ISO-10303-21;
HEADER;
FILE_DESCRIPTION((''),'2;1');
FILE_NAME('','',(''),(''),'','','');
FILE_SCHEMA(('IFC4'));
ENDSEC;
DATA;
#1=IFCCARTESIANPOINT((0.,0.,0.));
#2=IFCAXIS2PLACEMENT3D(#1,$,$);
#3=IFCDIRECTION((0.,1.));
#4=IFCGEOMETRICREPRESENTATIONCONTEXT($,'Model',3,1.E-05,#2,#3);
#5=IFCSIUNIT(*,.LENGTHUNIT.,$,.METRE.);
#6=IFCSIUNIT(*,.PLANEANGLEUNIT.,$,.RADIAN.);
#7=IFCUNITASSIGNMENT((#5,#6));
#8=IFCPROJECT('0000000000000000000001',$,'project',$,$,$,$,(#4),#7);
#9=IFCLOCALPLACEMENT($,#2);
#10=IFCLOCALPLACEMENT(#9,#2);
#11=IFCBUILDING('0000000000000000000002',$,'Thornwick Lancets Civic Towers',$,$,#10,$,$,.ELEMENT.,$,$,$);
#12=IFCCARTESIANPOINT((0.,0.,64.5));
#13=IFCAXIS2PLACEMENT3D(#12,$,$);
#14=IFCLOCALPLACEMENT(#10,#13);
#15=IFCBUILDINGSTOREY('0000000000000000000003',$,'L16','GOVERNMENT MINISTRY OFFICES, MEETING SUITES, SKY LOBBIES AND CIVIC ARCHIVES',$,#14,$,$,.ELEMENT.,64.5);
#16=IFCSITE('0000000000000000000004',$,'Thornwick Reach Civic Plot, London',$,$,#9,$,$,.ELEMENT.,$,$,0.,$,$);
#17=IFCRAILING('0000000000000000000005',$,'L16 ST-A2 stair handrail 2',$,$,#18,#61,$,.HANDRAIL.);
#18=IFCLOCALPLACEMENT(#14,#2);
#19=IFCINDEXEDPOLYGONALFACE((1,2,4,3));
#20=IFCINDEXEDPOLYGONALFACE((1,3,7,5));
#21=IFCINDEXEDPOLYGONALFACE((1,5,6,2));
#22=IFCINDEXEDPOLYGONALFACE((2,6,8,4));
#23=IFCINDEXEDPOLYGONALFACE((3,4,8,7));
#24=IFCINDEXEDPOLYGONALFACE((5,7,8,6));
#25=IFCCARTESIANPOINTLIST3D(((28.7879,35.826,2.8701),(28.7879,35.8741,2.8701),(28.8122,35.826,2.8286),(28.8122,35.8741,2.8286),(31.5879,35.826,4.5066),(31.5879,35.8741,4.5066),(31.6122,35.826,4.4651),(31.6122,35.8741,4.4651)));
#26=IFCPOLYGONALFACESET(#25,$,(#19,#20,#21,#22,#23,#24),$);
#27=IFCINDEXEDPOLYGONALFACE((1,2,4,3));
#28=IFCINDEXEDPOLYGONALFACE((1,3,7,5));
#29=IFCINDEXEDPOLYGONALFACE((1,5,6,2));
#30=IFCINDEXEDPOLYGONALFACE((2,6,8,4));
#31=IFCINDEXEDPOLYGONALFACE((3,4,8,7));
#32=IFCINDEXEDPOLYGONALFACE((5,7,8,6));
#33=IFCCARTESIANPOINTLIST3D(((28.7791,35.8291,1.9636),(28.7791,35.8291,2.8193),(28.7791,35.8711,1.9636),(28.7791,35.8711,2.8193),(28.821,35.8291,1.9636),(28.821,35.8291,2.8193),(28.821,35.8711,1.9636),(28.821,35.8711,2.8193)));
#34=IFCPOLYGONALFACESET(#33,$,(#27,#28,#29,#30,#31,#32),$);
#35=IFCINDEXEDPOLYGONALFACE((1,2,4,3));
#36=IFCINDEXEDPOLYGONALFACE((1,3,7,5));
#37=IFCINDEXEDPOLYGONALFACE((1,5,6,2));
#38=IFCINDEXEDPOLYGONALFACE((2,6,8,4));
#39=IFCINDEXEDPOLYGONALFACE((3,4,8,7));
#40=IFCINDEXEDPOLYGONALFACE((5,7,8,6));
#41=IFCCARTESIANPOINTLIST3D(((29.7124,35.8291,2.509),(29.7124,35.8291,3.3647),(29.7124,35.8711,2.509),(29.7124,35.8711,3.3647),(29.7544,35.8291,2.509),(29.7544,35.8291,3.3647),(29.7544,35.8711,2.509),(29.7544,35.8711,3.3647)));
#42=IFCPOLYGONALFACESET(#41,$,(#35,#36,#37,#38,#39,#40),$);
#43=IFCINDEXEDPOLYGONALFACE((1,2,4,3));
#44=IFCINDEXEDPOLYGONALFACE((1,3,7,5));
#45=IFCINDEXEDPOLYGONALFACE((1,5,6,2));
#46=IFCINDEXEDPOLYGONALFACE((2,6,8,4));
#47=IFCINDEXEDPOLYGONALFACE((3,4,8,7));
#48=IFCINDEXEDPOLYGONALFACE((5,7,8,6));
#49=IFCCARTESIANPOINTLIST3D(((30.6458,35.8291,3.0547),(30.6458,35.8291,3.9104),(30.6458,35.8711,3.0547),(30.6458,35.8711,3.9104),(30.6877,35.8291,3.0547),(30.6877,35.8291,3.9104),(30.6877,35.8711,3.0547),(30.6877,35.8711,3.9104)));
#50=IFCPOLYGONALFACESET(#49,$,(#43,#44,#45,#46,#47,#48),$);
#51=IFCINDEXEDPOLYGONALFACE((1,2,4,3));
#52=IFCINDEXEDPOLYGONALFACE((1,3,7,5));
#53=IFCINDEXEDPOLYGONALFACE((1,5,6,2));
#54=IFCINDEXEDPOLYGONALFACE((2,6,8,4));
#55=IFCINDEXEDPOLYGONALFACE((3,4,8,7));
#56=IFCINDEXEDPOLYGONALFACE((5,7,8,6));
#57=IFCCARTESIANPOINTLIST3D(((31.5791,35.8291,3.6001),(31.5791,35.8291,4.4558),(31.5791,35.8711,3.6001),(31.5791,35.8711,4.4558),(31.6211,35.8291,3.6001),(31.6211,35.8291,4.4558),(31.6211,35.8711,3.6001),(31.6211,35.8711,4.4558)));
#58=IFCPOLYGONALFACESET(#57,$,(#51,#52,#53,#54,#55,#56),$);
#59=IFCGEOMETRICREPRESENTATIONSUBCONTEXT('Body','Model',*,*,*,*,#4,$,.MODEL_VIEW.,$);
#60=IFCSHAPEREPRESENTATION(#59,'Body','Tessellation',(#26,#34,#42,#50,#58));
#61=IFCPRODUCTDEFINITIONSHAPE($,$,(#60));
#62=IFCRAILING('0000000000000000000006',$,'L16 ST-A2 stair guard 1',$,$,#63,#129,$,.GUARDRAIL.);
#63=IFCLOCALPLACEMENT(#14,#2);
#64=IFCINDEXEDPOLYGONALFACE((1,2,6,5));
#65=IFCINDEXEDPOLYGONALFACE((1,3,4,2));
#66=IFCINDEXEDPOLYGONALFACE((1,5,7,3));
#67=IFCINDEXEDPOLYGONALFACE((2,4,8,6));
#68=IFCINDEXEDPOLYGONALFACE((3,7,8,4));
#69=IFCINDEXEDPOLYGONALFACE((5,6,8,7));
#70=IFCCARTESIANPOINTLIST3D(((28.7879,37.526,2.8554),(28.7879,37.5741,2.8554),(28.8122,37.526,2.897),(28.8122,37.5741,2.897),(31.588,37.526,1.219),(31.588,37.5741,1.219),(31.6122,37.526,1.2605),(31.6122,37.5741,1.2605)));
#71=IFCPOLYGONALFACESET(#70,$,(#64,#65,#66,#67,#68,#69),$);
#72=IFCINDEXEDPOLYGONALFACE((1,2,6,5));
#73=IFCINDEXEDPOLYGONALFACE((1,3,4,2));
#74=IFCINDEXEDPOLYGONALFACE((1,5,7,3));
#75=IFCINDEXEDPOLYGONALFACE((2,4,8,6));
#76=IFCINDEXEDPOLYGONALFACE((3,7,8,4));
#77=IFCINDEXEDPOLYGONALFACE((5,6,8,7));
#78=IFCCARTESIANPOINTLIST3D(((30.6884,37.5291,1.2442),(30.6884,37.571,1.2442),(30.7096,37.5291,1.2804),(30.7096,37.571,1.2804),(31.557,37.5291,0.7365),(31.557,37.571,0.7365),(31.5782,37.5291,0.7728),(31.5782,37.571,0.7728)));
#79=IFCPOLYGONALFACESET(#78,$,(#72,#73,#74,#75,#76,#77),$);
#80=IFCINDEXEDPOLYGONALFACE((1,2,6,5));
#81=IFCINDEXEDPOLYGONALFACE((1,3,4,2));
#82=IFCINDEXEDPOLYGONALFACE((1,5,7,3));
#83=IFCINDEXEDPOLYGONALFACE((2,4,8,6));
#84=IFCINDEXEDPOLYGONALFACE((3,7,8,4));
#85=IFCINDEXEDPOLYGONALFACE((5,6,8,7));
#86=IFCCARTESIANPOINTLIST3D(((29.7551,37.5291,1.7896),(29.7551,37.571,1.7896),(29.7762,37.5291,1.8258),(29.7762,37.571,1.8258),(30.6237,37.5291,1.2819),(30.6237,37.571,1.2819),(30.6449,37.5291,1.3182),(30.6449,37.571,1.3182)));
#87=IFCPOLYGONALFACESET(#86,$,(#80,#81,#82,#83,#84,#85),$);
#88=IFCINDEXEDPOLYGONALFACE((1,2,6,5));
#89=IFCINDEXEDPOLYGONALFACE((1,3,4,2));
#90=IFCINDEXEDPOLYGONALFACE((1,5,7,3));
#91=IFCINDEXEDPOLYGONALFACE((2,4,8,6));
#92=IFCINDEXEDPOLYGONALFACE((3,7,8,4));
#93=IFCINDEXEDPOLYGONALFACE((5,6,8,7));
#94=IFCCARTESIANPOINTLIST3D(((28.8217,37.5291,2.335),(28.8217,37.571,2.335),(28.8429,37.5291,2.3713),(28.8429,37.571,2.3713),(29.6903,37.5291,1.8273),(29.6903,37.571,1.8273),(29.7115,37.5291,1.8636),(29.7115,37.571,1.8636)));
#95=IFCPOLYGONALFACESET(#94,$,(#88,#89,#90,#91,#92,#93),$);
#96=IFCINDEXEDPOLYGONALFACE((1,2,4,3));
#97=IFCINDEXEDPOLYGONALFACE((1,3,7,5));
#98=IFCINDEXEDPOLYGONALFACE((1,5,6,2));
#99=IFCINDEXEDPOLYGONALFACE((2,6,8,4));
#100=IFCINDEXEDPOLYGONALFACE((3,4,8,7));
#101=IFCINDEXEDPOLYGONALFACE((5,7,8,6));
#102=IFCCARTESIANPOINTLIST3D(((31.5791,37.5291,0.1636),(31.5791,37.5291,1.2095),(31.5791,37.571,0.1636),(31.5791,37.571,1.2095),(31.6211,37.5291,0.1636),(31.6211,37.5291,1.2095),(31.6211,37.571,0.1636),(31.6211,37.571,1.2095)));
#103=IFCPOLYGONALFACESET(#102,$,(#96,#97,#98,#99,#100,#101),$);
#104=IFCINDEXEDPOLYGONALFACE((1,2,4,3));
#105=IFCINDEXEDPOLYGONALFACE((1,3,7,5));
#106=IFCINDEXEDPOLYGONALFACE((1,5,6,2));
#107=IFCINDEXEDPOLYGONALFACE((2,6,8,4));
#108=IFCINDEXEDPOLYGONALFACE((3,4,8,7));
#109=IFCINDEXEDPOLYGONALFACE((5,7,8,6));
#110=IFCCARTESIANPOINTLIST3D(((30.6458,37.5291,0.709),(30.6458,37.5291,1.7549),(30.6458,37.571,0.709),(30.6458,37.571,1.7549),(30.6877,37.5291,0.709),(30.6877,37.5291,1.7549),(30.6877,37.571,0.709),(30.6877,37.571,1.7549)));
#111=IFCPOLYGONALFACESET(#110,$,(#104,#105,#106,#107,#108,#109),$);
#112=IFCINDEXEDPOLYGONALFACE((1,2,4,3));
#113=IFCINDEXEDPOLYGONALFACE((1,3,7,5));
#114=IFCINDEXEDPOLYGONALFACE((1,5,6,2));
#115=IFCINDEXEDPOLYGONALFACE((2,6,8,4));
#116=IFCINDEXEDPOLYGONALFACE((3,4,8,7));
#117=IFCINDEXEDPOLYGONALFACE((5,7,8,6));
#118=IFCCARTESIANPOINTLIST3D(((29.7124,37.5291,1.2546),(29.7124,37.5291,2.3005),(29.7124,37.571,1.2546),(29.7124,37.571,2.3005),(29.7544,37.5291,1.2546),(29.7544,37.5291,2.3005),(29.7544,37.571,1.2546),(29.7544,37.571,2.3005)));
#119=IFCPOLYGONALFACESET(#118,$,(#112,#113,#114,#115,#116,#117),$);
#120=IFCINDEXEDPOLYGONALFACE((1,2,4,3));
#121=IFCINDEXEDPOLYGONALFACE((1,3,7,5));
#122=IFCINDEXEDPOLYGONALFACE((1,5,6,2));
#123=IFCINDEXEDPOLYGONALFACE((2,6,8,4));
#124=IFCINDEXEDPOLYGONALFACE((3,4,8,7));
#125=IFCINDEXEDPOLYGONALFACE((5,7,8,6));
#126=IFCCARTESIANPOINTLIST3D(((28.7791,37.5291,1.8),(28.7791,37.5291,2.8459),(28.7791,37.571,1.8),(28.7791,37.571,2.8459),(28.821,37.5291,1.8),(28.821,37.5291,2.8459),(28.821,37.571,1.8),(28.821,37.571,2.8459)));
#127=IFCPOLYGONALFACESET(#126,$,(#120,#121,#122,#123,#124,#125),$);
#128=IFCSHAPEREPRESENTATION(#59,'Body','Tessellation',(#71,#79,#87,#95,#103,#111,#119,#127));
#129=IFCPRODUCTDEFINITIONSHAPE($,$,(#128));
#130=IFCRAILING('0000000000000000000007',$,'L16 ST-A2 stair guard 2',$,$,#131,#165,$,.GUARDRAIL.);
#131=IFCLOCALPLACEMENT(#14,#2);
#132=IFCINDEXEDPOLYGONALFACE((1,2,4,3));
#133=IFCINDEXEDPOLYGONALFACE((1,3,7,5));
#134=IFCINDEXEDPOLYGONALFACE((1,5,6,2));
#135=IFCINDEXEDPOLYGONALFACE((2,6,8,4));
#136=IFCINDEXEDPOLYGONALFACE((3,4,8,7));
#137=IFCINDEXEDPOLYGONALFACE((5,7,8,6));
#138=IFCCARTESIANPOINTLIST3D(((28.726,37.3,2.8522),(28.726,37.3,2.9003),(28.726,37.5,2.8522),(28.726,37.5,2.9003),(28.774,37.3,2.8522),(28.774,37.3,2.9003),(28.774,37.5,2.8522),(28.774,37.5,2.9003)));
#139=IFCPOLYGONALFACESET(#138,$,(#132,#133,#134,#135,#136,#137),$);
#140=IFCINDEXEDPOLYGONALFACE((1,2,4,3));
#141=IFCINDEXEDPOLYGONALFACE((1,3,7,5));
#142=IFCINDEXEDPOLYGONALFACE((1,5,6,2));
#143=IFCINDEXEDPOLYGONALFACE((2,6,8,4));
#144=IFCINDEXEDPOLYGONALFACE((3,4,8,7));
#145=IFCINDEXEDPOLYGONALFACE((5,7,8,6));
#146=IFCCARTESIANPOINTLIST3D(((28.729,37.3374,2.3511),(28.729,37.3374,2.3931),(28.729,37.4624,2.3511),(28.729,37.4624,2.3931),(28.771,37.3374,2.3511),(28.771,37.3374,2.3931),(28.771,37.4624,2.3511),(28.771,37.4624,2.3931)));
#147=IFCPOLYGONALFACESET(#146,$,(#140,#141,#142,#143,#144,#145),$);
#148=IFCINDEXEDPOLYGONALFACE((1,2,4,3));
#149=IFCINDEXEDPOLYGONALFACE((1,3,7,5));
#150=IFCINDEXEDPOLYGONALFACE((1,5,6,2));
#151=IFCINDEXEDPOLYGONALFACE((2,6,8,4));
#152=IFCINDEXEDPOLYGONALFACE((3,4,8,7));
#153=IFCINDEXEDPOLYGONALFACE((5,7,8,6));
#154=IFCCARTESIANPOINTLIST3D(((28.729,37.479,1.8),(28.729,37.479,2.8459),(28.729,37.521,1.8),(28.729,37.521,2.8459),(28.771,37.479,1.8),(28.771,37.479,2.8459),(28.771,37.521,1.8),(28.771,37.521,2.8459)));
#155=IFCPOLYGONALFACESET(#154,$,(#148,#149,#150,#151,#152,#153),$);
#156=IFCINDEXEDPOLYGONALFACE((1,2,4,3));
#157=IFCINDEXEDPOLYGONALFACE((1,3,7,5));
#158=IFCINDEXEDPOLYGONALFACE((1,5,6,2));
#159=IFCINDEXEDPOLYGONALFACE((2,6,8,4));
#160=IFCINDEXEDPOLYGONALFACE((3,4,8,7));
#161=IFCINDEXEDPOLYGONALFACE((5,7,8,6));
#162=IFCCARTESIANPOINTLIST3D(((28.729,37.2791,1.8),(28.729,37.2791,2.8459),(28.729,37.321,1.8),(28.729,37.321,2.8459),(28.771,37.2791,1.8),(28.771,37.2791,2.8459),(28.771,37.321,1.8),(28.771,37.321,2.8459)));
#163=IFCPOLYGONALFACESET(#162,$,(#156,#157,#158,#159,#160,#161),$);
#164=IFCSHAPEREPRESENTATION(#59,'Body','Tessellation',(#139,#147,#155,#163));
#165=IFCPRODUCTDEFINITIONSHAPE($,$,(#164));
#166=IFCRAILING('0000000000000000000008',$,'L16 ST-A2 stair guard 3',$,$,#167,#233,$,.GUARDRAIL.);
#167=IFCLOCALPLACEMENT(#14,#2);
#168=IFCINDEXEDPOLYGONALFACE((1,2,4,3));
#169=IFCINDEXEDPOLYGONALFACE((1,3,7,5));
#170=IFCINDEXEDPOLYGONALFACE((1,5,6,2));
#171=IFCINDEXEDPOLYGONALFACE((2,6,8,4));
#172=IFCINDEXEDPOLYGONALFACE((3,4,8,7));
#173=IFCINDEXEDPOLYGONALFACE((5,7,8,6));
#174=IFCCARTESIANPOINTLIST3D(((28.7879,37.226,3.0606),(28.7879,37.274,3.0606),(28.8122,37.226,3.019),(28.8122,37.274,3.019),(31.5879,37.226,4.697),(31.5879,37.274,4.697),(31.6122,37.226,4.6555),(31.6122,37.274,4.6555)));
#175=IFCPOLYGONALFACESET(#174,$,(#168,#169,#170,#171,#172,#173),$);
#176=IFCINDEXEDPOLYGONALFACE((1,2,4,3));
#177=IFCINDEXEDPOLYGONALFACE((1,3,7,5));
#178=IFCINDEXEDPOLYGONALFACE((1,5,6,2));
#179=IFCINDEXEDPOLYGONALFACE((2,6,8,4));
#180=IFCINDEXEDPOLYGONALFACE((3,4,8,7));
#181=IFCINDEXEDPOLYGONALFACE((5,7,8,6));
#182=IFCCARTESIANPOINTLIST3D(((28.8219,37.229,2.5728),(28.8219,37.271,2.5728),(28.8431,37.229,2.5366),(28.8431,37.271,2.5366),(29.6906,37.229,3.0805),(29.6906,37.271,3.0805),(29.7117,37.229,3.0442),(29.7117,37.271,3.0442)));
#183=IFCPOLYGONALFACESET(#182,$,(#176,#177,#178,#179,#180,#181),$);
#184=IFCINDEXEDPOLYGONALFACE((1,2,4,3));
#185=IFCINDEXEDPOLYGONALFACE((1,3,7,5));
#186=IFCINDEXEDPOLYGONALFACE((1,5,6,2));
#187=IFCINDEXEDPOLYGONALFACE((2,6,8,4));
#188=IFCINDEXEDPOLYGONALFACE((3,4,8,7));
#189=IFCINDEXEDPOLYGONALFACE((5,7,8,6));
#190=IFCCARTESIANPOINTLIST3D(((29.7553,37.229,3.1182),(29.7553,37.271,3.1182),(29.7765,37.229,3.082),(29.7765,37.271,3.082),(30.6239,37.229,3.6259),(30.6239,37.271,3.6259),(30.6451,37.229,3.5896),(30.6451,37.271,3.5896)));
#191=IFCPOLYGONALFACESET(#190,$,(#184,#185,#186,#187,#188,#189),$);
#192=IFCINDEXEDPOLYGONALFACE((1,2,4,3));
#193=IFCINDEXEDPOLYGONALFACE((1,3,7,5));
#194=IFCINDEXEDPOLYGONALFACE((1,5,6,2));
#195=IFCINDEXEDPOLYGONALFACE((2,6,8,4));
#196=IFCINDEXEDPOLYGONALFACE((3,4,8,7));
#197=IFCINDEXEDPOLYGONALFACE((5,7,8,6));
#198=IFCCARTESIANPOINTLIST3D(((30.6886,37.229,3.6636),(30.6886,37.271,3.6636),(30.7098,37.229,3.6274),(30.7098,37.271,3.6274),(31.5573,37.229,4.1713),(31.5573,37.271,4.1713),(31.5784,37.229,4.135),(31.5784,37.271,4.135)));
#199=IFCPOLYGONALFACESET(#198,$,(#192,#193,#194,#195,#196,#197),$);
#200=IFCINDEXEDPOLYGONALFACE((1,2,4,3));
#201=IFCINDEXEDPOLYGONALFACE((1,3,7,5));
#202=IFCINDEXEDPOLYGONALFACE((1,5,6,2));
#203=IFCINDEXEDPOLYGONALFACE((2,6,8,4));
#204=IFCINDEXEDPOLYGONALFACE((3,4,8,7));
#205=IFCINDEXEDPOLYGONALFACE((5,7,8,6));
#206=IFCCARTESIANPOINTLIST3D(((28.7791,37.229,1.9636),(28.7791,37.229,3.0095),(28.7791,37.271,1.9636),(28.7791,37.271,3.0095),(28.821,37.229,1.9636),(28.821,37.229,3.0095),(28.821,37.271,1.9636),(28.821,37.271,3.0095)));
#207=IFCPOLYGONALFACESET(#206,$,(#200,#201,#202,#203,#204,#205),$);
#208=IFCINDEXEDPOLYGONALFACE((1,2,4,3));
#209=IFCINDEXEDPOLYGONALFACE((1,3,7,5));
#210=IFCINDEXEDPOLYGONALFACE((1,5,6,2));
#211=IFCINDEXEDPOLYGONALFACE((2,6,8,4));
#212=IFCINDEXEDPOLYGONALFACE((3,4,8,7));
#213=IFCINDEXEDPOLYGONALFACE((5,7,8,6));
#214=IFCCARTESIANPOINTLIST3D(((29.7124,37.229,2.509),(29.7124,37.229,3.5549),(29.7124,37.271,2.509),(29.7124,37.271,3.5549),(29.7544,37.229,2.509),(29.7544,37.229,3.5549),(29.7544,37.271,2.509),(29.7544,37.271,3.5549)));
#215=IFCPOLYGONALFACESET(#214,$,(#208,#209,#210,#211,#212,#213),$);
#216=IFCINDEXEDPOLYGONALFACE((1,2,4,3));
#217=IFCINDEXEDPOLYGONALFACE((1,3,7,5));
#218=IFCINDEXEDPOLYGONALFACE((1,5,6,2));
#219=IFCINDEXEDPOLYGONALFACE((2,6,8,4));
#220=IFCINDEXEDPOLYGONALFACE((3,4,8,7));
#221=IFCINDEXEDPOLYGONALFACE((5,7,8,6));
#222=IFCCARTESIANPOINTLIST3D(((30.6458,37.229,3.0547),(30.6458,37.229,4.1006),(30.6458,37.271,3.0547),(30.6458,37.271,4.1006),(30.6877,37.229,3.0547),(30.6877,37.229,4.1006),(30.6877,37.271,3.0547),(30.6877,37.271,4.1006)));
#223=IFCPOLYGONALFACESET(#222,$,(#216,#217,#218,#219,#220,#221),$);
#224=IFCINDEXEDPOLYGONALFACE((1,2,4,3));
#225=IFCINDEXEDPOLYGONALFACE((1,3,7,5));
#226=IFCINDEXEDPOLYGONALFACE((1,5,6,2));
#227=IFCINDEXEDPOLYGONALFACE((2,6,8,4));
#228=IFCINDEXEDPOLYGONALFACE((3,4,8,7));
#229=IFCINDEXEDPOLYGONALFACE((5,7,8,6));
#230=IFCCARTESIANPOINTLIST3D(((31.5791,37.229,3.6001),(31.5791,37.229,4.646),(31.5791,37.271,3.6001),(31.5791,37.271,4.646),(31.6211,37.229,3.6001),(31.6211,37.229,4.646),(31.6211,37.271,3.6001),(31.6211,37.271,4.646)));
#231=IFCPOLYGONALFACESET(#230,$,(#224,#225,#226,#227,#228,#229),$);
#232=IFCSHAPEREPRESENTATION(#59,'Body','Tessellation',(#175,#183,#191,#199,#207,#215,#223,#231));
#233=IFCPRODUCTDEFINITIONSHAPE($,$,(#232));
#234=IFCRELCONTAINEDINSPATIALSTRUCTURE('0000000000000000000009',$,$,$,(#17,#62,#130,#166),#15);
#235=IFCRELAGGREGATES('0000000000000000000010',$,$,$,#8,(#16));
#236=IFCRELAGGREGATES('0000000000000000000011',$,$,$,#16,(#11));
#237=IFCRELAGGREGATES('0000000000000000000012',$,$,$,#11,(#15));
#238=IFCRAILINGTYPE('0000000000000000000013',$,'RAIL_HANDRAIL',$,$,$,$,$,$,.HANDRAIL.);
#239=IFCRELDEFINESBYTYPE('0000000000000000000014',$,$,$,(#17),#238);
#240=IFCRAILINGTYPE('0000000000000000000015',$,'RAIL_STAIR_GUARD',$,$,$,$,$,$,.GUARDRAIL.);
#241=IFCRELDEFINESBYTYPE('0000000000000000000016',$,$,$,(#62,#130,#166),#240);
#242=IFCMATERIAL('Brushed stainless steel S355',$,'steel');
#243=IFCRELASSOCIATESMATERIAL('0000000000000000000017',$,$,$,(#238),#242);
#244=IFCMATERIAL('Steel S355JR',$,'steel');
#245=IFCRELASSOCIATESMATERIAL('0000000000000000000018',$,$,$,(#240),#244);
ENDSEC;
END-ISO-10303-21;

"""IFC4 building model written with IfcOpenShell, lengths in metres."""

from ifc_helpers import new_model, si_unit, direction, frame, origin, origin_2d, place, context, subcontext, project, spatial, rectangle, extrude, material, type_object, element, save


model = new_model("IFC4")

# Units and contexts
model_context = context("Model", 3, precision=1e-05, world=origin(), true_north=direction((0.0, 1.0)))
body_context = subcontext(model_context, "Body", "Model", "MODEL_VIEW")
ifc_project = project(units=[si_unit("LENGTHUNIT", "METRE"), si_unit("PLANEANGLEUNIT", "RADIAN")], contexts=[model_context])

# Site, building, storey
site_placement = place(None, origin())
site = spatial("IfcSite", under=ifc_project, at=site_placement, Name="Thornwick Reach Civic Plot, London", CompositionType="ELEMENT", RefElevation=0.0)
building_placement = place(site_placement, origin())
building = spatial("IfcBuilding", under=site, at=building_placement, Name="Thornwick Lancets Civic Towers", CompositionType="ELEMENT")
storey_placement = place(building_placement, frame((0.0, 0.0, 64.5)))
storey = spatial("IfcBuildingStorey", under=building, at=storey_placement, Name="L16", Description="GOVERNMENT MINISTRY OFFICES, MEETING SUITES, SKY LOBBIES AND CIVIC ARCHIVES", CompositionType="ELEMENT", Elevation=64.5)

# Shared definitions
ifc_material_1 = material(Name="Steel S355JR", Category="steel")

# Railings
ifc_material_2 = material(Name="Brushed stainless steel S355", Category="steel")
railing_type_1 = type_object("IfcRailingType", Name="RAIL_HANDRAIL", PredefinedType="HANDRAIL", material=ifc_material_2)
railing_1_placement = place(storey_placement, frame((28.8, 35.8501, 1.9636)))
element("IfcRailing", 1, at=railing_1_placement, inside=storey, type_object=railing_type_1, Name="L16 ST-A2 stair handrail 2", PredefinedType="HANDRAIL", context=body_context, shape_type="SweptSolid", body=[
    extrude(rectangle(XDim=0.0481, YDim=0.0481, at=origin_2d()), frame((0.0, 0.0, 0.8857), z_axis=(0.863361, 0.0, 0.504587), x_axis=(0.0, 1.0, 0.0)), (0.0, 0.0, 1.0), 3.2432),
    extrude(rectangle(XDim=0.042, YDim=0.042, at=origin_2d()), origin(), (0.0, 0.0, 1.0), 0.8557),
    extrude(rectangle(XDim=0.042, YDim=0.042, at=origin_2d()), frame((0.9333, 0.0, 0.5454)), (0.0, 0.0, 1.0), 0.8557),
    extrude(rectangle(XDim=0.042, YDim=0.042, at=origin_2d()), frame((1.8667, 0.0, 1.0911)), (0.0, 0.0, 1.0), 0.8557),
    extrude(rectangle(XDim=0.042, YDim=0.042, at=origin_2d()), frame((2.8, 0.0, 1.6365)), (0.0, 0.0, 1.0), 0.8557),
])
railing_type_2 = type_object("IfcRailingType", Name="RAIL_STAIR_GUARD", PredefinedType="GUARDRAIL", material=ifc_material_1)
railing_2_placement = place(storey_placement, frame((31.6001, 37.55, 0.1636)))
element("IfcRailing", 2, at=railing_2_placement, inside=storey, type_object=railing_type_2, Name="L16 ST-A2 stair guard 1", PredefinedType="GUARDRAIL", context=body_context, shape_type="SweptSolid", body=[
    extrude(rectangle(XDim=0.0481, YDim=0.0481, at=origin_2d()), frame((0.0, 0.0, 1.0762), z_axis=(-0.863361, 0.0, 0.504587), x_axis=(0.0, -1.0, 0.0)), (0.0, 0.0, 1.0), 3.2432),
    extrude(rectangle(XDim=0.042, YDim=0.042, at=origin_2d()), frame((-0.0325, 0.0, 0.5911), z_axis=(-0.863361, 0.0, 0.504587), x_axis=(0.0, -1.0, 0.0)), (0.0, 0.0, 1.0), 1.0061),
    extrude(rectangle(XDim=0.042, YDim=0.042, at=origin_2d()), frame((-0.9658, 0.0, 1.1365), z_axis=(-0.863361, 0.0, 0.504587), x_axis=(0.0, -1.0, 0.0)), (0.0, 0.0, 1.0), 1.0061),
    extrude(rectangle(XDim=0.042, YDim=0.042, at=origin_2d()), frame((-1.8992, 0.0, 1.6819), z_axis=(-0.863361, 0.0, 0.504587), x_axis=(0.0, -1.0, 0.0)), (0.0, 0.0, 1.0), 1.0061),
    extrude(rectangle(XDim=0.042, YDim=0.042, at=origin_2d()), origin(), (0.0, 0.0, 1.0), 1.0459),
    extrude(rectangle(XDim=0.042, YDim=0.042, at=origin_2d()), frame((-0.9333, 0.0, 0.5454)), (0.0, 0.0, 1.0), 1.0459),
    extrude(rectangle(XDim=0.042, YDim=0.042, at=origin_2d()), frame((-1.8667, 0.0, 1.0911)), (0.0, 0.0, 1.0), 1.0459),
    extrude(rectangle(XDim=0.042, YDim=0.042, at=origin_2d()), frame((-2.8, 0.0, 1.6365)), (0.0, 0.0, 1.0), 1.0459),
])
railing_3_placement = place(storey_placement, frame((28.75, 37.5, 1.8)))
element("IfcRailing", 3, at=railing_3_placement, inside=storey, type_object=railing_type_2, Name="L16 ST-A2 stair guard 2", PredefinedType="GUARDRAIL", context=body_context, shape_type="SweptSolid", body=[
    extrude(rectangle(XDim=0.0481, YDim=0.0481, at=origin_2d()), frame((0.0, 0.0, 1.0762), z_axis=(0.0, -1.0, 0.0), x_axis=(1.0, 0.0, 0.0)), (0.0, 0.0, 1.0), 0.2),
    extrude(rectangle(XDim=0.042, YDim=0.042, at=origin_2d()), frame((0.0, -0.0376, 0.572), z_axis=(0.0, -1.0, 0.0), x_axis=(1.0, 0.0, 0.0)), (0.0, 0.0, 1.0), 0.125),
    extrude(rectangle(XDim=0.042, YDim=0.042, at=origin_2d()), origin(), (0.0, 0.0, 1.0), 1.0459),
    extrude(rectangle(XDim=0.042, YDim=0.042, at=origin_2d()), frame((0.0, -0.2, 0.0)), (0.0, 0.0, 1.0), 1.0459),
])
railing_4_placement = place(storey_placement, frame((28.8, 37.25, 1.9636)))
element("IfcRailing", 4, at=railing_4_placement, inside=storey, type_object=railing_type_2, Name="L16 ST-A2 stair guard 3", PredefinedType="GUARDRAIL", context=body_context, shape_type="SweptSolid", body=[
    extrude(rectangle(XDim=0.0481, YDim=0.0481, at=origin_2d()), frame((0.0, 0.0, 1.0762), z_axis=(0.863361, 0.0, 0.504587), x_axis=(0.0, 1.0, 0.0)), (0.0, 0.0, 1.0), 3.2432),
    extrude(rectangle(XDim=0.042, YDim=0.042, at=origin_2d()), frame((0.0325, 0.0, 0.5911), z_axis=(0.863361, 0.0, 0.504587), x_axis=(0.0, 1.0, 0.0)), (0.0, 0.0, 1.0), 1.0061),
    extrude(rectangle(XDim=0.042, YDim=0.042, at=origin_2d()), frame((0.9658, 0.0, 1.1365), z_axis=(0.863361, 0.0, 0.504587), x_axis=(0.0, 1.0, 0.0)), (0.0, 0.0, 1.0), 1.0061),
    extrude(rectangle(XDim=0.042, YDim=0.042, at=origin_2d()), frame((1.8992, 0.0, 1.6819), z_axis=(0.863361, 0.0, 0.504587), x_axis=(0.0, 1.0, 0.0)), (0.0, 0.0, 1.0), 1.0061),
    extrude(rectangle(XDim=0.042, YDim=0.042, at=origin_2d()), origin(), (0.0, 0.0, 1.0), 1.0459),
    extrude(rectangle(XDim=0.042, YDim=0.042, at=origin_2d()), frame((0.9333, 0.0, 0.5454)), (0.0, 0.0, 1.0), 1.0459),
    extrude(rectangle(XDim=0.042, YDim=0.042, at=origin_2d()), frame((1.8667, 0.0, 1.0911)), (0.0, 0.0, 1.0), 1.0459),
    extrude(rectangle(XDim=0.042, YDim=0.042, at=origin_2d()), frame((2.8, 0.0, 1.6365)), (0.0, 0.0, 1.0), 1.0459),
])

save(model, "model.ifc")
